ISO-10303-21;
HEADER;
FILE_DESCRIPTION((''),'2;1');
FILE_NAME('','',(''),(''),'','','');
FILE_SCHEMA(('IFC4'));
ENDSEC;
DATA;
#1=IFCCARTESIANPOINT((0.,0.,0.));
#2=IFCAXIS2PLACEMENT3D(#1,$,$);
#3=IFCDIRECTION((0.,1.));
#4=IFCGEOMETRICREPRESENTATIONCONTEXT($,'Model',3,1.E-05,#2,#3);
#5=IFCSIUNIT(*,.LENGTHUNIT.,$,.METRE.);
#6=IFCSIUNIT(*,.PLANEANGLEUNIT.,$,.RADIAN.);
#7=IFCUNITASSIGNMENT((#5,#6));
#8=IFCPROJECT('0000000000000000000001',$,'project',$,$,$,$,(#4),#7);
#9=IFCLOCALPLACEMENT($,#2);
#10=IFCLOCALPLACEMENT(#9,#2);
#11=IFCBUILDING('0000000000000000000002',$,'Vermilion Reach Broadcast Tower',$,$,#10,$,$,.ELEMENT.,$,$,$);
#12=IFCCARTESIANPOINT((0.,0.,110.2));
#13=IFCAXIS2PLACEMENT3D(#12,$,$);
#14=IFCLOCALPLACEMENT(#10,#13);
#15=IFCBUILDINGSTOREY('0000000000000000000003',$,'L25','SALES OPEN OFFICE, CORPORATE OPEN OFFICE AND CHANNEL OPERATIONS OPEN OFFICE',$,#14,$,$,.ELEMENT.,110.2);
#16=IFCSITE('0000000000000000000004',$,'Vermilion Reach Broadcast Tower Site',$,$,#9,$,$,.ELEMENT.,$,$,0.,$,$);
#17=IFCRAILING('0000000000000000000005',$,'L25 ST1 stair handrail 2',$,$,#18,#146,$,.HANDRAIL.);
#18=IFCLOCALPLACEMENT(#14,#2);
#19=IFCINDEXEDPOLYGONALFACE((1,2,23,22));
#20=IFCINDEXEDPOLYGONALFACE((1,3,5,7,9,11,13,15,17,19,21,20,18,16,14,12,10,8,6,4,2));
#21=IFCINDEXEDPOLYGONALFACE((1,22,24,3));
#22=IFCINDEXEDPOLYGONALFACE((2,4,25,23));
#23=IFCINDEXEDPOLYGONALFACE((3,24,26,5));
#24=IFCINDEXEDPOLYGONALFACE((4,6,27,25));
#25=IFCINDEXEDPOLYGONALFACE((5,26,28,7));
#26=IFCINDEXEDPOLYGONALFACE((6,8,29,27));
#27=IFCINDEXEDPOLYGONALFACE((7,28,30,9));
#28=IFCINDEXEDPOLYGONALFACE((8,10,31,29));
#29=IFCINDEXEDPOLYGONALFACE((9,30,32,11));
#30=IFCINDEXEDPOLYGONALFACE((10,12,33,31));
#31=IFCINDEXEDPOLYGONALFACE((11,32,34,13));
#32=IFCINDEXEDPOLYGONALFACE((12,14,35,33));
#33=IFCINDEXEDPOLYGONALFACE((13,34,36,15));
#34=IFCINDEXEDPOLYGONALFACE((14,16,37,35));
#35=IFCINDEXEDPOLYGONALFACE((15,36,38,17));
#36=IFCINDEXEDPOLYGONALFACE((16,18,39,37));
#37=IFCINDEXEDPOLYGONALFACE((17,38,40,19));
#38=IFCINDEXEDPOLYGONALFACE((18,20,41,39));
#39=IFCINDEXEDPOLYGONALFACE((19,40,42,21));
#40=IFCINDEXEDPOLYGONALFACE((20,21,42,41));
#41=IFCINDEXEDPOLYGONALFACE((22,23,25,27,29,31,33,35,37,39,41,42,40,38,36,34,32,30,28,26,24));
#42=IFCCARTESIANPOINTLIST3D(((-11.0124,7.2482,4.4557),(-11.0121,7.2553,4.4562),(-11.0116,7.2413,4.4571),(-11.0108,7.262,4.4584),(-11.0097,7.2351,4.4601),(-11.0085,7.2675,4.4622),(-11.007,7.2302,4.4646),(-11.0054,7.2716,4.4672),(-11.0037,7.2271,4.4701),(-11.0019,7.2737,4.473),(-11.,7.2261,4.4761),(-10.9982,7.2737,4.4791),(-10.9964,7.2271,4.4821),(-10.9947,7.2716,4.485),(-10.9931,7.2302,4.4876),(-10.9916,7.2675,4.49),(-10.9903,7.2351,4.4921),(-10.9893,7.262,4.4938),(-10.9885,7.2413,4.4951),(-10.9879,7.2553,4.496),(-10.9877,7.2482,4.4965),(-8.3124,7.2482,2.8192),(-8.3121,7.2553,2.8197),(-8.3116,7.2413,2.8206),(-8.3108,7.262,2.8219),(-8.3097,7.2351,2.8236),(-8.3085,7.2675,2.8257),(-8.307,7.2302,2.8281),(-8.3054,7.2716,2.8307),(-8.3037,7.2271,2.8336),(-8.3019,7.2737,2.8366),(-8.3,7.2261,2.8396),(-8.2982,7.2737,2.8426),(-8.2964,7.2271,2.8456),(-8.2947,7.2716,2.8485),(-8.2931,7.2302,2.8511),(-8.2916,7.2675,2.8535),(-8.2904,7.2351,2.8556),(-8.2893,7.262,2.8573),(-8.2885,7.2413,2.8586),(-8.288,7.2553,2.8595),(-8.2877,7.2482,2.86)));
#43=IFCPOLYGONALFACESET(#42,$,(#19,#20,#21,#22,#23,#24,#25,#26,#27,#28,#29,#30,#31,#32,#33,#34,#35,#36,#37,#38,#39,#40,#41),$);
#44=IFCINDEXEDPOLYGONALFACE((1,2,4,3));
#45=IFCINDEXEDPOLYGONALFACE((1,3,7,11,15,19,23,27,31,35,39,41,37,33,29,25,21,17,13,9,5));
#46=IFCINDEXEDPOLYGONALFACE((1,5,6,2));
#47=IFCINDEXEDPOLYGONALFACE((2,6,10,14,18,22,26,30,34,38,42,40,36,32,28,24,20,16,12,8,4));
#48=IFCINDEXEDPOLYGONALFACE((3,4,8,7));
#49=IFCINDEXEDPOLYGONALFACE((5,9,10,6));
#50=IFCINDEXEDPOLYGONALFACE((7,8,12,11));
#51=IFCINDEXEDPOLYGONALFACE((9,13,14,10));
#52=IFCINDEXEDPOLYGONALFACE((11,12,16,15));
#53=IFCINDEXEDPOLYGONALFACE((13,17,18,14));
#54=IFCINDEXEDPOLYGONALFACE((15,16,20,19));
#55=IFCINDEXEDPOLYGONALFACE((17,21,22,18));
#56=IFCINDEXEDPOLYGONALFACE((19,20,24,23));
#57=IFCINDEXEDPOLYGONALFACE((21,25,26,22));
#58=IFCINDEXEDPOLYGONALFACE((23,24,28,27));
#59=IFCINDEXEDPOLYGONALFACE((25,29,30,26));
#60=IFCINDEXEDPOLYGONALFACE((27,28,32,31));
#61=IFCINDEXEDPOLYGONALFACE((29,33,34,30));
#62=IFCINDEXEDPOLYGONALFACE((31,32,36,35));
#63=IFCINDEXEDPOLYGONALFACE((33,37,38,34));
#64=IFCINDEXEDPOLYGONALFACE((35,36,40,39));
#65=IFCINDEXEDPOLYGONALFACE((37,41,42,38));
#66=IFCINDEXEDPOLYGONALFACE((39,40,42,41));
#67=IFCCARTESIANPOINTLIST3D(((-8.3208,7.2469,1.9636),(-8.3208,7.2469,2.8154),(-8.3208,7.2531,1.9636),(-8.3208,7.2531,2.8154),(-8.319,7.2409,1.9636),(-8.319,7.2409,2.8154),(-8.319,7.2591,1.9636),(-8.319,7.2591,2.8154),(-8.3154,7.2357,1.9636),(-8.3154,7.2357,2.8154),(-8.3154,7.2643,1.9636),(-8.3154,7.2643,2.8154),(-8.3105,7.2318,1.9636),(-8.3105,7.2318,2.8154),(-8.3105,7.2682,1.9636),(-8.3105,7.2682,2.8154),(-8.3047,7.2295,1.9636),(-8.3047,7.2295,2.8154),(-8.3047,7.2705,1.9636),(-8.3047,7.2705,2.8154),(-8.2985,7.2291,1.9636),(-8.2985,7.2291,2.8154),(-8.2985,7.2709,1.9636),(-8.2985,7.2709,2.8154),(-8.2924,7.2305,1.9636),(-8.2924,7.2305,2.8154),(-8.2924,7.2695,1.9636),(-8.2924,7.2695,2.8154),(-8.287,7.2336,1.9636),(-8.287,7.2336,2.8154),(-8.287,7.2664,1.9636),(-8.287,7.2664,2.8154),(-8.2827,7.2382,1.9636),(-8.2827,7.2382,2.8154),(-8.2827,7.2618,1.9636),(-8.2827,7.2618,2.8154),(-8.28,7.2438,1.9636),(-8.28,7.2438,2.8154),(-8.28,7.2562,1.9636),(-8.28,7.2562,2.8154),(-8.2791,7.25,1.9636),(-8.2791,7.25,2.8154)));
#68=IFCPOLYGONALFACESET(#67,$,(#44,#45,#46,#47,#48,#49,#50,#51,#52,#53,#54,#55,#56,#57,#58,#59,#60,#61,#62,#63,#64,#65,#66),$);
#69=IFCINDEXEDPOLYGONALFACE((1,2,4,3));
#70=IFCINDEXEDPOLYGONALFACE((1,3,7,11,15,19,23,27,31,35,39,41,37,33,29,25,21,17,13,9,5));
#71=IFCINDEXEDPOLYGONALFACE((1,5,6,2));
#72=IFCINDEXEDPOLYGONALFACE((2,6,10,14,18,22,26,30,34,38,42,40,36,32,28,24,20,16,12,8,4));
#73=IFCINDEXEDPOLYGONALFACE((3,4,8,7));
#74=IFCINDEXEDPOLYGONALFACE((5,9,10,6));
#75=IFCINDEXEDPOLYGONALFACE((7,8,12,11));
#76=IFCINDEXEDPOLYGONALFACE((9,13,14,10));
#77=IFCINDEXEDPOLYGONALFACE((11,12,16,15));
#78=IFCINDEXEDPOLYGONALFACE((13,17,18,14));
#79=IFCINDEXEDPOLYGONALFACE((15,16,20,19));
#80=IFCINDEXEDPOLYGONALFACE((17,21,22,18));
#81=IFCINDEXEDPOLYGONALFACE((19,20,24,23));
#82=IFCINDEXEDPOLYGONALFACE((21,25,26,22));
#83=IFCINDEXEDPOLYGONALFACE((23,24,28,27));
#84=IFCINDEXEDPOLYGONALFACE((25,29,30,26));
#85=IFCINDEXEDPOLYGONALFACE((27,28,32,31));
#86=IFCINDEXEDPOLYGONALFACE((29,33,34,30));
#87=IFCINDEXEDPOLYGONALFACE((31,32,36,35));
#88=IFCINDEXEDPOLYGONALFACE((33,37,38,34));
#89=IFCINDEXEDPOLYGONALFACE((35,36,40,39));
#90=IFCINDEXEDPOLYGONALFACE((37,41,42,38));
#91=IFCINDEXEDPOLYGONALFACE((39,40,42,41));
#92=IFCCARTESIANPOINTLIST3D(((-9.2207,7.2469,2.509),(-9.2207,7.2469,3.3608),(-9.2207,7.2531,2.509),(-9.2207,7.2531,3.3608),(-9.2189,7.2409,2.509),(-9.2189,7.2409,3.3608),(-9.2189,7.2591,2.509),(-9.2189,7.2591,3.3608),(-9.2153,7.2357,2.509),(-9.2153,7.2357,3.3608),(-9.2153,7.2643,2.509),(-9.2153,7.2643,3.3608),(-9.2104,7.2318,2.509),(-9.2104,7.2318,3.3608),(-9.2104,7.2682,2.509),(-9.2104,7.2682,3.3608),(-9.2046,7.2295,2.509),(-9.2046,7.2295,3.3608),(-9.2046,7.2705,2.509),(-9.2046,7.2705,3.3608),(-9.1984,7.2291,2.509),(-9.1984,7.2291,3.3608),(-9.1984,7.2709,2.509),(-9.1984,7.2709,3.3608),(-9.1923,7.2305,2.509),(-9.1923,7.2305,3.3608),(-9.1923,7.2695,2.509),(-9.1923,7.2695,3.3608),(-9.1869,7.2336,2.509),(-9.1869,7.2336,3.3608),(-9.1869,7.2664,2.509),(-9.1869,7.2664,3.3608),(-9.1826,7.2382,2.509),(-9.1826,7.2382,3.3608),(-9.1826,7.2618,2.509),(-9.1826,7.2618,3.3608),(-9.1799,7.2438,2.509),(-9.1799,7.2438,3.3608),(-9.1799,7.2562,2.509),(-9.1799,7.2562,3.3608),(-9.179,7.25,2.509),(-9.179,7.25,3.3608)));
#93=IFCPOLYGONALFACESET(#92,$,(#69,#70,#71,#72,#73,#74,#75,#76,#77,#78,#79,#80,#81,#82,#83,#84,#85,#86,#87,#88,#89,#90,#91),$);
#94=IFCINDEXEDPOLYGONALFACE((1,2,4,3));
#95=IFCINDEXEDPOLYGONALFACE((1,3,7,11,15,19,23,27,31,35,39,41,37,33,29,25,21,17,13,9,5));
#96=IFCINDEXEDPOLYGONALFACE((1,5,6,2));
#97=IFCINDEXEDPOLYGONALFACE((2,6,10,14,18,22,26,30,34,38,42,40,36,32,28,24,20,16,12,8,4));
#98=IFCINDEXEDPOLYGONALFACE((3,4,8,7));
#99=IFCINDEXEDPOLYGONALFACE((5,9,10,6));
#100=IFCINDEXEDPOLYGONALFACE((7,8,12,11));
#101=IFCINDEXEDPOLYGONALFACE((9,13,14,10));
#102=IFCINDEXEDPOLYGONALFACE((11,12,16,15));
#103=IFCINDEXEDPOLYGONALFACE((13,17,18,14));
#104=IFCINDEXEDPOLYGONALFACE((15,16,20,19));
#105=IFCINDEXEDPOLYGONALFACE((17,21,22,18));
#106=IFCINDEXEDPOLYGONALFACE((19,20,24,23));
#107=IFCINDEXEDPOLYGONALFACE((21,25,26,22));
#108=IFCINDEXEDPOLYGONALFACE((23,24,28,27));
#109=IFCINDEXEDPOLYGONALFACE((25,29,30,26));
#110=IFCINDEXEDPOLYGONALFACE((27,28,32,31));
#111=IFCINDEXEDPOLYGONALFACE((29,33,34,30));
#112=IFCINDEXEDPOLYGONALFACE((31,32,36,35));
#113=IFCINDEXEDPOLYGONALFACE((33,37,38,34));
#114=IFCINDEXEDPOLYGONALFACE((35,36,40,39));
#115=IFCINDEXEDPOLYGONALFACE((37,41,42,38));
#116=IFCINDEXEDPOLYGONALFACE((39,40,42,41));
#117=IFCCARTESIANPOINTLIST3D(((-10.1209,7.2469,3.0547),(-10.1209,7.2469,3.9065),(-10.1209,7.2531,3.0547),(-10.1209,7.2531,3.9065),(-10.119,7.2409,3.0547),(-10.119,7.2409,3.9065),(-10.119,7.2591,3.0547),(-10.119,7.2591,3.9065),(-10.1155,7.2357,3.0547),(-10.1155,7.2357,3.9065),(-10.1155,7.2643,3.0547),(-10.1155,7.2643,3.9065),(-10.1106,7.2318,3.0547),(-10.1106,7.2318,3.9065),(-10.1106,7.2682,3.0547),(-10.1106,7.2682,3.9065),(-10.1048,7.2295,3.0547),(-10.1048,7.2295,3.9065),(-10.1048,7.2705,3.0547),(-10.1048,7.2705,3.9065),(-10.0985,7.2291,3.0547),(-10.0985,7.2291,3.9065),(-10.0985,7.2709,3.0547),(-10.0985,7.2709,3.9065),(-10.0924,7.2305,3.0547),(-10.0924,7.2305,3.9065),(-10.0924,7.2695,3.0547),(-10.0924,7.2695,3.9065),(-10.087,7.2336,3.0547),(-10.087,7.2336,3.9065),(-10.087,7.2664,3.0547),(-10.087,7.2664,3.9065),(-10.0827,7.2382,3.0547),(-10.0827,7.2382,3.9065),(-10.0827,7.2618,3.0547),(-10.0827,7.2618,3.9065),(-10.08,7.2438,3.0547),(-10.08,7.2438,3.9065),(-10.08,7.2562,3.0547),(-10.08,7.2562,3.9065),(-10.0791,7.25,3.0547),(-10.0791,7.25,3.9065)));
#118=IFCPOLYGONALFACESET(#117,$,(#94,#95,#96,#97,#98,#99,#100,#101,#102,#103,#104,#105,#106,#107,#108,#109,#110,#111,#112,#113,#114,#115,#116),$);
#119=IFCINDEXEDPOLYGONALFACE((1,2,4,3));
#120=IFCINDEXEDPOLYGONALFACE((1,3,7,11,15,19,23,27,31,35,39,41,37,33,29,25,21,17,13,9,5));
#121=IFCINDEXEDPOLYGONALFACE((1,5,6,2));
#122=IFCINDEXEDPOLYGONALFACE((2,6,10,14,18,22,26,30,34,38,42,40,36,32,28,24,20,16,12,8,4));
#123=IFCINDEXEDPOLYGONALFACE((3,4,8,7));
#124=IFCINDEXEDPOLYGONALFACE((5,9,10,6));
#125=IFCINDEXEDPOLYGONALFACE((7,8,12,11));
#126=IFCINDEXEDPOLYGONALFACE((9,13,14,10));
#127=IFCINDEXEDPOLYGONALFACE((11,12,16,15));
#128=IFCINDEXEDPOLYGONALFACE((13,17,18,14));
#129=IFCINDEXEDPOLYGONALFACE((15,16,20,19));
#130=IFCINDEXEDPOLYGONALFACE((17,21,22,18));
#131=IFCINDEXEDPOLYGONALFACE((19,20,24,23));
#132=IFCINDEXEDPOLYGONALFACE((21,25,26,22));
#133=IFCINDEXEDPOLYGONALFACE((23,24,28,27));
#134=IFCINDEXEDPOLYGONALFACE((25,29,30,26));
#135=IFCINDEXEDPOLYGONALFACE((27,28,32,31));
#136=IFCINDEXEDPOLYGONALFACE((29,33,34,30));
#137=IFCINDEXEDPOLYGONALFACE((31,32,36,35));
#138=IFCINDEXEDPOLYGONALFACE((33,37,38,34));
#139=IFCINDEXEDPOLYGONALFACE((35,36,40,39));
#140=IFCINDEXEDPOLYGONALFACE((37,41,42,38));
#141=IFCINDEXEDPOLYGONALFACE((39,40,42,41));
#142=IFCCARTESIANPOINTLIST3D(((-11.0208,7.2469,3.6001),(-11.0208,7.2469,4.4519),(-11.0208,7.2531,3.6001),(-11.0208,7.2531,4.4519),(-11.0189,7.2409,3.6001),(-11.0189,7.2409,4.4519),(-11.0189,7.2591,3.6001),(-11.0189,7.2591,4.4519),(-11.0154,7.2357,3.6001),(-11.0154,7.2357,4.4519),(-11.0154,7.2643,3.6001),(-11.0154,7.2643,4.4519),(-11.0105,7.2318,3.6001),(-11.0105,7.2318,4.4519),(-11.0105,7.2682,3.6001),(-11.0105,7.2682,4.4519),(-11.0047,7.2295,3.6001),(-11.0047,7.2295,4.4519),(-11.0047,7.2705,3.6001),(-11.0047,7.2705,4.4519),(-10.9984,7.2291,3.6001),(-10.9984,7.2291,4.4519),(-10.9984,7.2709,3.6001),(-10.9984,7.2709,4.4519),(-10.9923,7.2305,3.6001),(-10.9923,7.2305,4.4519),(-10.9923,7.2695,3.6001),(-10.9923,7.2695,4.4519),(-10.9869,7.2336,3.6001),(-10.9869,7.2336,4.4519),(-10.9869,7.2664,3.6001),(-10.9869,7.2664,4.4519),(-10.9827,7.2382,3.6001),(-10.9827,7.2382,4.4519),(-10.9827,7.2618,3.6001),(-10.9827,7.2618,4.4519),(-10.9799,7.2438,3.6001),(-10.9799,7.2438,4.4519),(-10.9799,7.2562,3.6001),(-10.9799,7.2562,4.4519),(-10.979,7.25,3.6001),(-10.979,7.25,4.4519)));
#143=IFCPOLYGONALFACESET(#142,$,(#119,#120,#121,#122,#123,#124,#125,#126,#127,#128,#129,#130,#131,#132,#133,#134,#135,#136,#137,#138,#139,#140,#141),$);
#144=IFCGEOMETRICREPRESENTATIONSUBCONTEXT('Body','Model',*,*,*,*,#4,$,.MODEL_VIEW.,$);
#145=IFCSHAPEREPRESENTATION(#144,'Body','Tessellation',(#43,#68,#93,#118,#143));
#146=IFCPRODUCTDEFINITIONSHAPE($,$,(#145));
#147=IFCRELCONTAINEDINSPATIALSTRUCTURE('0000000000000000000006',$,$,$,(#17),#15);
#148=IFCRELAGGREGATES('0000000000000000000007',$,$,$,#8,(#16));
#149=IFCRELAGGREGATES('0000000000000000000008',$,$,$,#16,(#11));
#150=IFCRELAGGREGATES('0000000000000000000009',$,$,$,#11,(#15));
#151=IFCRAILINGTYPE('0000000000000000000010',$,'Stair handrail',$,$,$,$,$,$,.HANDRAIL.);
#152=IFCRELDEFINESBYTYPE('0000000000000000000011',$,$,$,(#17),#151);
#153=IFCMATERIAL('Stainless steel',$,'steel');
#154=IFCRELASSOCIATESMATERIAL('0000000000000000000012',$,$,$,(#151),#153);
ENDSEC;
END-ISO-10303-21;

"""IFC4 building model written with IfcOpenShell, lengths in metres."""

from ifc_helpers import new_model, si_unit, direction, frame, origin, origin_2d, place, context, subcontext, project, spatial, circle, extrude, material, type_object, element, save


model = new_model("IFC4")

# Units and contexts
model_context = context("Model", 3, precision=1e-05, world=origin(), true_north=direction((0.0, 1.0)))
body_context = subcontext(model_context, "Body", "Model", "MODEL_VIEW")
ifc_project = project(units=[si_unit("LENGTHUNIT", "METRE"), si_unit("PLANEANGLEUNIT", "RADIAN")], contexts=[model_context])

# Site, building, storey
site_placement = place(None, origin())
site = spatial("IfcSite", under=ifc_project, at=site_placement, Name="Vermilion Reach Broadcast Tower Site", CompositionType="ELEMENT", RefElevation=0.0)
building_placement = place(site_placement, origin())
building = spatial("IfcBuilding", under=site, at=building_placement, Name="Vermilion Reach Broadcast Tower", CompositionType="ELEMENT")
storey_placement = place(building_placement, frame((0.0, 0.0, 110.2)))
storey = spatial("IfcBuildingStorey", under=building, at=storey_placement, Name="L25", Description="SALES OPEN OFFICE, CORPORATE OPEN OFFICE AND CHANNEL OPERATIONS OPEN OFFICE", CompositionType="ELEMENT", Elevation=110.2)

# Railing
ifc_material_1 = material(Name="Stainless steel", Category="steel")
railing_type_1 = type_object("IfcRailingType", Name="Stair handrail", PredefinedType="HANDRAIL", material=ifc_material_1)
railing_1_placement = place(storey_placement, frame((-8.3, 7.25, 1.9636)))
element("IfcRailing", 1, at=railing_1_placement, inside=storey, type_object=railing_type_1, Name="L25 ST1 stair handrail 2", PredefinedType="HANDRAIL", context=body_context, shape_type="SweptSolid", body=[
    extrude(circle(Radius=0.0239, at=origin_2d()), frame((0.0, 0.0, 0.876), z_axis=(-0.855178, 0.0, 0.518334), x_axis=(0.0, -1.0, 0.0)), (0.0, 0.0, 1.0), 3.1572),
    extrude(circle(Radius=0.021, at=origin_2d()), origin(), (0.0, 0.0, 1.0), 0.8518),
    extrude(circle(Radius=0.021, at=origin_2d()), frame((-0.8999, 0.0, 0.5454)), (0.0, 0.0, 1.0), 0.8518),
    extrude(circle(Radius=0.021, at=origin_2d()), frame((-1.8, 0.0, 1.0911)), (0.0, 0.0, 1.0), 0.8518),
    extrude(circle(Radius=0.021, at=origin_2d()), frame((-2.7, 0.0, 1.6365)), (0.0, 0.0, 1.0), 0.8518),
])

save(model, "model.ifc")
